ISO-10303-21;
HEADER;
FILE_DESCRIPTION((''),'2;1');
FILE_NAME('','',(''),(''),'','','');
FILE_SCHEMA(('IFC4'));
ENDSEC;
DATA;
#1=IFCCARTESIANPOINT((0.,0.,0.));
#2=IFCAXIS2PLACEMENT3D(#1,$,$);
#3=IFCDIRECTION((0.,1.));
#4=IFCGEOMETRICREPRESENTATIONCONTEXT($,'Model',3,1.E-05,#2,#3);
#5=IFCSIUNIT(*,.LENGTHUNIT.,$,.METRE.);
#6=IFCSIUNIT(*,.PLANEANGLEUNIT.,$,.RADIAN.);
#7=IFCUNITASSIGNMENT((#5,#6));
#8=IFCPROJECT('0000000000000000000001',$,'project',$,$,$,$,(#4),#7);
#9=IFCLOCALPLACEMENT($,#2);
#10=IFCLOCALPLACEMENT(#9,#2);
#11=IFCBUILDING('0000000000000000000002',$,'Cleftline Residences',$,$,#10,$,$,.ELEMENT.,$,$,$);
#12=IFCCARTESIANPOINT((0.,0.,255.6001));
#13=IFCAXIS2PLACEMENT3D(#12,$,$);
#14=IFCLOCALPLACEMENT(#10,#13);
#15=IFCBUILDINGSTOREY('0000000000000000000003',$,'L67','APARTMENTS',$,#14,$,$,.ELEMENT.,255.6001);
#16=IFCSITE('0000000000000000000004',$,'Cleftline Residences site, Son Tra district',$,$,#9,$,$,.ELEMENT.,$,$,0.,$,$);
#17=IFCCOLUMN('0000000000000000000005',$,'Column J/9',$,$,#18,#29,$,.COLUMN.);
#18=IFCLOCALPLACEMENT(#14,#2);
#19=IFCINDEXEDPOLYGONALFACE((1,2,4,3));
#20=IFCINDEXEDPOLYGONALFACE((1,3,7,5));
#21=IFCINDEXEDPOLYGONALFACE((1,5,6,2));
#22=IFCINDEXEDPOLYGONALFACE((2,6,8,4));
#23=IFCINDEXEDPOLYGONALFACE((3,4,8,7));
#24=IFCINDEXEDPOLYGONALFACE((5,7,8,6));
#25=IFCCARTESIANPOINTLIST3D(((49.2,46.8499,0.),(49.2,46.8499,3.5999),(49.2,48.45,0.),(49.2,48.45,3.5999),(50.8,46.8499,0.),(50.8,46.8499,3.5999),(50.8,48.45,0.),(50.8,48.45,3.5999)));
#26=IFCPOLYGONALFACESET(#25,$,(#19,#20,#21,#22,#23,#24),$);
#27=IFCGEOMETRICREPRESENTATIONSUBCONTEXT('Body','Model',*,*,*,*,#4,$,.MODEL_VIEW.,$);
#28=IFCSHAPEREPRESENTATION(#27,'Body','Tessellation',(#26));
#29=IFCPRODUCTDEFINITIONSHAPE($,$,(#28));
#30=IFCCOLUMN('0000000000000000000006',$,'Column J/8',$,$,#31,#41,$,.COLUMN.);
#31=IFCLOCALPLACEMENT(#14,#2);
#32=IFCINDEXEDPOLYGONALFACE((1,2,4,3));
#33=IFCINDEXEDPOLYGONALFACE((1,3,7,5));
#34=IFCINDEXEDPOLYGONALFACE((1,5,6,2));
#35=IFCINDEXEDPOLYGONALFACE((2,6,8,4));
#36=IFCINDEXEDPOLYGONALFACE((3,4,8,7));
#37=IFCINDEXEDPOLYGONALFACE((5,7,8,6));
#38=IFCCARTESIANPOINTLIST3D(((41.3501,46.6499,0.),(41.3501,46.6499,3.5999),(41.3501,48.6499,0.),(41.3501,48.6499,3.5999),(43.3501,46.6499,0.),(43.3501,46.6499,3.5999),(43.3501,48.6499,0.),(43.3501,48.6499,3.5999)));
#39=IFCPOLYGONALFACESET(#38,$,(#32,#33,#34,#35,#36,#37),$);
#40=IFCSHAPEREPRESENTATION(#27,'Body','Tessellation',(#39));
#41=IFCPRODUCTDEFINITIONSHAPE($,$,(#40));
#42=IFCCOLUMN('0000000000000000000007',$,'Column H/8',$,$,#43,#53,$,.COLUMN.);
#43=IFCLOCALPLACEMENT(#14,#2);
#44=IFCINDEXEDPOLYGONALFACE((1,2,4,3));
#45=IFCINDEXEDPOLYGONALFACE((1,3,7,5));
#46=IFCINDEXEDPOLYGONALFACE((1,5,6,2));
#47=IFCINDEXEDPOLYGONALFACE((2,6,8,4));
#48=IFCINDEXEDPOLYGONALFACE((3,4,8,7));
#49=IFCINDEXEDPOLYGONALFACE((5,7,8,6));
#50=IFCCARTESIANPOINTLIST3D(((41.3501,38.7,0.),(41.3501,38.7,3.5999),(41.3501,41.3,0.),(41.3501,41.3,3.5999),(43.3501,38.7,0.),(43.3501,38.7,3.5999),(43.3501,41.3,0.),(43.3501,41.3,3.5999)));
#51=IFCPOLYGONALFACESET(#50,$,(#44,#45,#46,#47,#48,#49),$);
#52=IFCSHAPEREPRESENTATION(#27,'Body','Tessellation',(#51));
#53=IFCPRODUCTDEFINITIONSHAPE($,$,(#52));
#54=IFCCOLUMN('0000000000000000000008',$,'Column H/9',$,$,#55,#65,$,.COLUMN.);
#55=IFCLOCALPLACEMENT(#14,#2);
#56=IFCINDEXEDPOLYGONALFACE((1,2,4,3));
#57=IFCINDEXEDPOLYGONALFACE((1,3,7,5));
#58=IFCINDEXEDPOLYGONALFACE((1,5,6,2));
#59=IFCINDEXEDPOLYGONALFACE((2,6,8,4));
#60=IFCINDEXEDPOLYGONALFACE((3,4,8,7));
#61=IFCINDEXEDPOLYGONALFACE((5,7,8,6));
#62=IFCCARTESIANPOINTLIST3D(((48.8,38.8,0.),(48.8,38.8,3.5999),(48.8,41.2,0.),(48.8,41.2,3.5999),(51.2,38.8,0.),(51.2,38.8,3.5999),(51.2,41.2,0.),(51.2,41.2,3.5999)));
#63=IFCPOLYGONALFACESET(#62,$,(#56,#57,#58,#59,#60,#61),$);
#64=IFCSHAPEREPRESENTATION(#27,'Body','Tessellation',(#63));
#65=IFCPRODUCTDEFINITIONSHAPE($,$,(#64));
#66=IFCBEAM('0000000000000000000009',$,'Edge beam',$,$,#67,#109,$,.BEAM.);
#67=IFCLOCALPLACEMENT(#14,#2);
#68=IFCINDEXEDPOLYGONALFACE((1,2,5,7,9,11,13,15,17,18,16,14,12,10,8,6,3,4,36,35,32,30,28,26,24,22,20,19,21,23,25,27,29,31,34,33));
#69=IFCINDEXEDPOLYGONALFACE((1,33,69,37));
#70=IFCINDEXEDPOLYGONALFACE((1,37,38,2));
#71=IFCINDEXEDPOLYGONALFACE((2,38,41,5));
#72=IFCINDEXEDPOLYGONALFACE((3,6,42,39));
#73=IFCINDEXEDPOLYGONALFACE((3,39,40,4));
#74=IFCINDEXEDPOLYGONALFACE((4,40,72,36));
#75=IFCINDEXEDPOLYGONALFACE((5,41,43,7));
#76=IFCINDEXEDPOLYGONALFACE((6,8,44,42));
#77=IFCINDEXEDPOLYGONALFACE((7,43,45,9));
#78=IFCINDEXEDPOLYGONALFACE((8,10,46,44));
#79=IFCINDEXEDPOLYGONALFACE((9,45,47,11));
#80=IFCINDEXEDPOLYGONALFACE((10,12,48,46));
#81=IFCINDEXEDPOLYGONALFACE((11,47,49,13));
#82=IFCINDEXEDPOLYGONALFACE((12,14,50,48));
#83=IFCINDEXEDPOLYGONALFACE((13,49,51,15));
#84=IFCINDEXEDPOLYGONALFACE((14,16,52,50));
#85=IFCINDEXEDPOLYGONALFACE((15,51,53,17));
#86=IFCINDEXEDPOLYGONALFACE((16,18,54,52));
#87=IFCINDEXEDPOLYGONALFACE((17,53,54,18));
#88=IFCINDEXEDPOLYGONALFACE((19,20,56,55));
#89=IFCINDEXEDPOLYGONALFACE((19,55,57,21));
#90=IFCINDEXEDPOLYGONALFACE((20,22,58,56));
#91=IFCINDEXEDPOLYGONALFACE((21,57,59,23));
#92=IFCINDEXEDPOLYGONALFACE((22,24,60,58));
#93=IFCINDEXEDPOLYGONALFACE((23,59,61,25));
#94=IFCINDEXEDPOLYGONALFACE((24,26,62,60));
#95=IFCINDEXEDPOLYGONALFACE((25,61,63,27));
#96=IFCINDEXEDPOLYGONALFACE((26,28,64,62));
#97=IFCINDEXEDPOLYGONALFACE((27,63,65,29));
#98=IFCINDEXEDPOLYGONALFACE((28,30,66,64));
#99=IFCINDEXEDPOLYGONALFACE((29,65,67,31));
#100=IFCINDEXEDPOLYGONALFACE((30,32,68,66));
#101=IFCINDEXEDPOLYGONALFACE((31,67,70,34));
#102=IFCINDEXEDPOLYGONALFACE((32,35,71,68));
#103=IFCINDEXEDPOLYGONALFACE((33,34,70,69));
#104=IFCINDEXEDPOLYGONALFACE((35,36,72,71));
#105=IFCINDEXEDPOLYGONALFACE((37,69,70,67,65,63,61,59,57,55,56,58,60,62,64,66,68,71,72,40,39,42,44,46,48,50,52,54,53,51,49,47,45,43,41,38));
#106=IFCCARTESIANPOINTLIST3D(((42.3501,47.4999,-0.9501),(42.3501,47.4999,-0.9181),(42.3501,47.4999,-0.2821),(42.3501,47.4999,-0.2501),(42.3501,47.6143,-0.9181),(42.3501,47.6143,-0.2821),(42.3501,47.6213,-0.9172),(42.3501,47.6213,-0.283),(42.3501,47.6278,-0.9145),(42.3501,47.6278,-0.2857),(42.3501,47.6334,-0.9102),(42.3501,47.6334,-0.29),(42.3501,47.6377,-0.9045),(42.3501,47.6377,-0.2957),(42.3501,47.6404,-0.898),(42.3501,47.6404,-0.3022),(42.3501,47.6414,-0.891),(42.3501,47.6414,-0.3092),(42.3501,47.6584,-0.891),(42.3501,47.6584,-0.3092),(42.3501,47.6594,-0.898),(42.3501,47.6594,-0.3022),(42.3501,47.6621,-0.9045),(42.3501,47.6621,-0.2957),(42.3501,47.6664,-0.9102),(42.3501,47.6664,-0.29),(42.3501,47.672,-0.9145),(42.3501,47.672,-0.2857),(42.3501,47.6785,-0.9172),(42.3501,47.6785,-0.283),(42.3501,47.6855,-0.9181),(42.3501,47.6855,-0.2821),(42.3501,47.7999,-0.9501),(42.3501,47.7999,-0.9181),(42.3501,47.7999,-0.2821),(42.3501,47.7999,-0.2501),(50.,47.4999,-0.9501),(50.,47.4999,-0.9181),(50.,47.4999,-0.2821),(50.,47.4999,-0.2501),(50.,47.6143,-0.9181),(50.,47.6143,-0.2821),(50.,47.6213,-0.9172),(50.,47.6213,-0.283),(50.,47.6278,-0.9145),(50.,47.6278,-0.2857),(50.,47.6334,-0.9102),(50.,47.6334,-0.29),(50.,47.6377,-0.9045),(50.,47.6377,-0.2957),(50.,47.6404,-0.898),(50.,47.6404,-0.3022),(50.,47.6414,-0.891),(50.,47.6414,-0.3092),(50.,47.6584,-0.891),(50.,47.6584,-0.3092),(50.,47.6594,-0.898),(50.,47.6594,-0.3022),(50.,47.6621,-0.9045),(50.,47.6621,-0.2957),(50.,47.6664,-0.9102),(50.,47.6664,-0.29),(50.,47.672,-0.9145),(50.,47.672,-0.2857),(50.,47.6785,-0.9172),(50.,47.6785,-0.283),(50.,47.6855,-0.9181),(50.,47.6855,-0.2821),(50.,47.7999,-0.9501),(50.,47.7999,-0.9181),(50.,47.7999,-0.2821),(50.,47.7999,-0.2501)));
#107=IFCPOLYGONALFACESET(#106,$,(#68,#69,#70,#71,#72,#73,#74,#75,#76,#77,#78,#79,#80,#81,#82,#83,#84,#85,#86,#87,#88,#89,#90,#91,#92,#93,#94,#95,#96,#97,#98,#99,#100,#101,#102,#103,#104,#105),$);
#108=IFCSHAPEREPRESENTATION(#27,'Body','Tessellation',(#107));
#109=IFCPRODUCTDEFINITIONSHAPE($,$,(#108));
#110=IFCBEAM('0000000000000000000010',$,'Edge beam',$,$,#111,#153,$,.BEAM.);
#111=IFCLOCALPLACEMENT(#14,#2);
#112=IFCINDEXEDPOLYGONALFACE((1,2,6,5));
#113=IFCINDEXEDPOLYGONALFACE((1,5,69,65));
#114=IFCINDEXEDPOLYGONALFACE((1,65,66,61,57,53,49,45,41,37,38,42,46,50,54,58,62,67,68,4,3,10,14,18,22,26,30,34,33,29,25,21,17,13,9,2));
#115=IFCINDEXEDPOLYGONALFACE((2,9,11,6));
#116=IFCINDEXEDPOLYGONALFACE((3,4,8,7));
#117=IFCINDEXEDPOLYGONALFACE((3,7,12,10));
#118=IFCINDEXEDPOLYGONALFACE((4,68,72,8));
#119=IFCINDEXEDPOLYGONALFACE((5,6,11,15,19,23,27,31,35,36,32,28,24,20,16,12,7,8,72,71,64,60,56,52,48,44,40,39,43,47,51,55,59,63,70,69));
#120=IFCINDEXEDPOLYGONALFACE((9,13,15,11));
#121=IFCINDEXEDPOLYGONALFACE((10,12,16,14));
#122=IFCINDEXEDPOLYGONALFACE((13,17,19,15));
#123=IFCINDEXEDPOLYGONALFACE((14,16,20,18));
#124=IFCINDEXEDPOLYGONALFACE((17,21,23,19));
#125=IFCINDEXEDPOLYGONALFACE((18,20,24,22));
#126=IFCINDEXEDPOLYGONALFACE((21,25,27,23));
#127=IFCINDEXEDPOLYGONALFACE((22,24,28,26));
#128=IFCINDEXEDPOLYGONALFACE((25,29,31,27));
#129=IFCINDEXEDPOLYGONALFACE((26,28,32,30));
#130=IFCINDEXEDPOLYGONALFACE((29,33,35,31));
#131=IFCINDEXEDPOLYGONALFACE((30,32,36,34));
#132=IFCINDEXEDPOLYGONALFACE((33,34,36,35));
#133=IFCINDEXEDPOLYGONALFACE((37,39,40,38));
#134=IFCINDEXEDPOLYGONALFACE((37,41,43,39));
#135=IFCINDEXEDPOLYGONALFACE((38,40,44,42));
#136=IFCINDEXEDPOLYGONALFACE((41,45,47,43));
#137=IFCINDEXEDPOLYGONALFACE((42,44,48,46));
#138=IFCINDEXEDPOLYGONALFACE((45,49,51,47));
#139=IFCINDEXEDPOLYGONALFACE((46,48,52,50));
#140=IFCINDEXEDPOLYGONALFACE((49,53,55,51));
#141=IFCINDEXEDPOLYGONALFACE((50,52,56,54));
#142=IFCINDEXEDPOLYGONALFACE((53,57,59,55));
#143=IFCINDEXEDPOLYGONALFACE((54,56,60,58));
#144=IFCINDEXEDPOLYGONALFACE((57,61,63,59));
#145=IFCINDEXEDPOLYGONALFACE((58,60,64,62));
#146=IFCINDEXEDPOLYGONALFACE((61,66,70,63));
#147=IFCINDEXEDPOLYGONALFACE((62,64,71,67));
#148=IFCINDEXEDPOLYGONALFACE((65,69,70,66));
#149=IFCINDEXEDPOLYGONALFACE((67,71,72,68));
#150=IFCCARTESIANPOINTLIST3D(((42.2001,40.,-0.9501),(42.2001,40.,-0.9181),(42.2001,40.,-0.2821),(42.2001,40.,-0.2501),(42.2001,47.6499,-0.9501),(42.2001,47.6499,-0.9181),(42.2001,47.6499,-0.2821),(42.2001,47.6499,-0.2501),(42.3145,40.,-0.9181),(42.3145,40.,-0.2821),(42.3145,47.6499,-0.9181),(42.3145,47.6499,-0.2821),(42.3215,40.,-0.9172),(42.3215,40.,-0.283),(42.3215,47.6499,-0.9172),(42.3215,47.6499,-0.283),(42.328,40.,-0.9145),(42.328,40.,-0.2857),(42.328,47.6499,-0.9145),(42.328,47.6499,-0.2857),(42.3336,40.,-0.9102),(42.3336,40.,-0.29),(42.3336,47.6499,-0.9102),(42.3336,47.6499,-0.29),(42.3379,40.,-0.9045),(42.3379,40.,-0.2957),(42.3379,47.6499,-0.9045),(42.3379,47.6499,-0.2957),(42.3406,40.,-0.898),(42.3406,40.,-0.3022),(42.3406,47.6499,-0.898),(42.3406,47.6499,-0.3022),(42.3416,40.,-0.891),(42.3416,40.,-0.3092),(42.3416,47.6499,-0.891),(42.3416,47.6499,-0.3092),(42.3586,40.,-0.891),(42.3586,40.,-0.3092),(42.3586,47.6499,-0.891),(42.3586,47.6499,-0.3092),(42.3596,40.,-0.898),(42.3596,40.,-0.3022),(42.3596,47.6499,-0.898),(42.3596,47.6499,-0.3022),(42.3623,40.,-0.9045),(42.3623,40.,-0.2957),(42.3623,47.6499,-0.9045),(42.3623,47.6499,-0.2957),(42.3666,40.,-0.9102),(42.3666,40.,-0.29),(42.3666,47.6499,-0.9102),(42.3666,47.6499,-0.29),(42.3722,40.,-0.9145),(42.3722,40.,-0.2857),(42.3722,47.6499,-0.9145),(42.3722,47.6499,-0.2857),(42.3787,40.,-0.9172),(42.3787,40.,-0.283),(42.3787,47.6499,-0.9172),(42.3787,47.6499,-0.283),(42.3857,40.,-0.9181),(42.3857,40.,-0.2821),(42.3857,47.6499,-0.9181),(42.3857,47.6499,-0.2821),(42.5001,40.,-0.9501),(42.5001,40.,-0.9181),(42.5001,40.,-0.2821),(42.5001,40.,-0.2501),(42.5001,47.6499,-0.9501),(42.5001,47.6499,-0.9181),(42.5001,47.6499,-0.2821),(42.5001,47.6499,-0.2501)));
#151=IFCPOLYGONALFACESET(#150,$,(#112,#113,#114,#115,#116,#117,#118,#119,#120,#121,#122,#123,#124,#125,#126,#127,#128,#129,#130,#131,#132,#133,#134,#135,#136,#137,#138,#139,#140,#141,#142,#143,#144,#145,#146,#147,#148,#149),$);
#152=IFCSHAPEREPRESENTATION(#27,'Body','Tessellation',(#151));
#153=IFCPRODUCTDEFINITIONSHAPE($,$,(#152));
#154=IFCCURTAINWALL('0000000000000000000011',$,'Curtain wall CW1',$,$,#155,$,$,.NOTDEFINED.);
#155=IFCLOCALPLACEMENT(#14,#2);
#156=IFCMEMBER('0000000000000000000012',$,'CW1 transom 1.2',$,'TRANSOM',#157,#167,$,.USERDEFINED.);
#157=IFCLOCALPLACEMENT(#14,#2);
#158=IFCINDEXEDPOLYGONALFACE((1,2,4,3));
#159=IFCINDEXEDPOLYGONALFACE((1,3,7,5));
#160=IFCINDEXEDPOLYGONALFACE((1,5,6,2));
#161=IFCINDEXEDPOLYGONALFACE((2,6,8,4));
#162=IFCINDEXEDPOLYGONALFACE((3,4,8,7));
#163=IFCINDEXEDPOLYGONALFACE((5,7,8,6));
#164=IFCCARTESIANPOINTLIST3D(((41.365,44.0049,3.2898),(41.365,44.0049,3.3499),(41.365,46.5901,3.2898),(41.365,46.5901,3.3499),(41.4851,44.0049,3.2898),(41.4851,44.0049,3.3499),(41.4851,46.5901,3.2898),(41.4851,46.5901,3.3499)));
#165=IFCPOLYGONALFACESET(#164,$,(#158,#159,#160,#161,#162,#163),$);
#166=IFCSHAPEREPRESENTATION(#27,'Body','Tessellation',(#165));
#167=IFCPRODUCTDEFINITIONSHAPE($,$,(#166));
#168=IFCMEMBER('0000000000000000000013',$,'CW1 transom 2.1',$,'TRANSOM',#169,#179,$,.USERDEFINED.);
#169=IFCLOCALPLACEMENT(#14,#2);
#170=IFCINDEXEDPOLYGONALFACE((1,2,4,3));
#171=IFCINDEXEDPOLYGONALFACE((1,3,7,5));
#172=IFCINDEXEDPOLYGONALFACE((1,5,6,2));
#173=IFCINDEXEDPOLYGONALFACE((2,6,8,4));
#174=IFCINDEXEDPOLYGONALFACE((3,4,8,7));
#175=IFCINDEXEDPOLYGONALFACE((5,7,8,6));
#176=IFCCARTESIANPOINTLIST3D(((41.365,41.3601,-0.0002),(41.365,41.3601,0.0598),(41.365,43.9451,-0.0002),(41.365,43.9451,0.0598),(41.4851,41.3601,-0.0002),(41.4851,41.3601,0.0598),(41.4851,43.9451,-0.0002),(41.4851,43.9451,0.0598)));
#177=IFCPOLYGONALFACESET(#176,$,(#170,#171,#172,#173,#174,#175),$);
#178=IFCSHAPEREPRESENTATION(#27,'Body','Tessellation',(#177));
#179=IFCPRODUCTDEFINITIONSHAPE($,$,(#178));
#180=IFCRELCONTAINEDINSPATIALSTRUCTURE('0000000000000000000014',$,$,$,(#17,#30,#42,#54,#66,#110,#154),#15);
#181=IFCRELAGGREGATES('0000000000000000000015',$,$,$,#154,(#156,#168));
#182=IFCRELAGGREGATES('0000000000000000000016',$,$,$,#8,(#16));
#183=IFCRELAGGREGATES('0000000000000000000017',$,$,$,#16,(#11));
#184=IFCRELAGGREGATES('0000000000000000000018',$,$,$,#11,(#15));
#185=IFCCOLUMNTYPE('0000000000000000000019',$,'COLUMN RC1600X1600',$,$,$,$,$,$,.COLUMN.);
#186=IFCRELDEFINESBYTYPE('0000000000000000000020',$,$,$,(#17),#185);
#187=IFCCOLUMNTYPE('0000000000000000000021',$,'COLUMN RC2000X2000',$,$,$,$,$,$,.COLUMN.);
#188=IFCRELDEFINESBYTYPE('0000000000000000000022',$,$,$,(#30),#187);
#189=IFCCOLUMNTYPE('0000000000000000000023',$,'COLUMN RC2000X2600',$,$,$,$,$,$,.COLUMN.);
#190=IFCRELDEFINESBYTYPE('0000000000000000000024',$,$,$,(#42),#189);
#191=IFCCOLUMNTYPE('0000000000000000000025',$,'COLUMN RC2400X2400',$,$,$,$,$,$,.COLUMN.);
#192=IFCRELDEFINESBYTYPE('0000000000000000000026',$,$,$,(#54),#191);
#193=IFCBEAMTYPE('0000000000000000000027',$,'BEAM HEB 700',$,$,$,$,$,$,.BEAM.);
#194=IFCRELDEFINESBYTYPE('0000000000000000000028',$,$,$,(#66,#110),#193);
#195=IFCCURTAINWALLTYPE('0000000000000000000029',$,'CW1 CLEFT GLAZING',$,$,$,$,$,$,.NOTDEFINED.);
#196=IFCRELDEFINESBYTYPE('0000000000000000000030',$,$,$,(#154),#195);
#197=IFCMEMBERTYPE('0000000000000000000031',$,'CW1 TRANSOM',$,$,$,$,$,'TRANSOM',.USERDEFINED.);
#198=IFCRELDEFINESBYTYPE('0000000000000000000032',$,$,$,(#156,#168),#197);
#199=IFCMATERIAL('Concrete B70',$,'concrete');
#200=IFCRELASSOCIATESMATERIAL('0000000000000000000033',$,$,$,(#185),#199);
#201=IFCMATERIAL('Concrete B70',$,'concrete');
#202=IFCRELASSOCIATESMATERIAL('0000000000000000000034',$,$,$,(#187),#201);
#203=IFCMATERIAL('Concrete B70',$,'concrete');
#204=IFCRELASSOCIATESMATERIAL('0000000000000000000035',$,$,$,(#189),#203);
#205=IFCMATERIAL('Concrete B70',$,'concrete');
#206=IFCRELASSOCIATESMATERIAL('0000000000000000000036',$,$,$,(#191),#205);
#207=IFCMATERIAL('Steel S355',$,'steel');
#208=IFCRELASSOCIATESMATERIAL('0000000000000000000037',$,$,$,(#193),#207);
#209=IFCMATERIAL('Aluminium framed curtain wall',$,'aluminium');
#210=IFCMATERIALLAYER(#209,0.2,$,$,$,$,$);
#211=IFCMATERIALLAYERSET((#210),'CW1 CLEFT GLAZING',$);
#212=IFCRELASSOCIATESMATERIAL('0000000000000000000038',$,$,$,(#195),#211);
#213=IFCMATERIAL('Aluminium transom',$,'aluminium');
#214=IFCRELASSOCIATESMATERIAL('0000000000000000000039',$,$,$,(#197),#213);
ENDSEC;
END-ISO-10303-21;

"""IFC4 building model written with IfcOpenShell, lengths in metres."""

from ifc_helpers import new_model, si_unit, direction, frame, origin, origin_2d, place, context, subcontext, project, spatial, rectangle, i_section, extrude, material, layer, layer_set, material_profile, profile_set, type_object, element, aggregate, save


model = new_model("IFC4")

# Units and contexts
model_context = context("Model", 3, precision=1e-05, world=origin(), true_north=direction((0.0, 1.0)))
body_context = subcontext(model_context, "Body", "Model", "MODEL_VIEW")
ifc_project = project(units=[si_unit("LENGTHUNIT", "METRE"), si_unit("PLANEANGLEUNIT", "RADIAN")], contexts=[model_context])

# Site, building, storey
site_placement = place(None, origin())
site = spatial("IfcSite", under=ifc_project, at=site_placement, Name="Cleftline Residences site, Son Tra district", CompositionType="ELEMENT", RefElevation=0.0)
building_placement = place(site_placement, origin())
building = spatial("IfcBuilding", under=site, at=building_placement, Name="Cleftline Residences", CompositionType="ELEMENT")
storey_placement = place(building_placement, frame((0.0, 0.0, 255.6001)))
storey = spatial("IfcBuildingStorey", under=building, at=storey_placement, Name="L67", Description="APARTMENTS", CompositionType="ELEMENT", Elevation=255.6001)

# Columns
ifc_material_1 = material(Name="Concrete B70", Category="concrete")
ifc_material_profile_1 = material_profile(ifc_material_1, rectangle(XDim=1.6001, YDim=1.6001, at=origin_2d()))
ifc_profile_set_1 = profile_set([ifc_material_profile_1], Name="Concrete B70")
column_type_1 = type_object("IfcColumnType", Name="COLUMN RC1600X1600", PredefinedType="COLUMN", material=ifc_profile_set_1)
column_1_placement = place(storey_placement, frame((50.0, 47.6499, 0.0), z_axis=(0.0, 0.0, 1.0), x_axis=(1.0, 0.0, 0.0)))
element("IfcColumn", 1, at=column_1_placement, inside=storey, type_object=column_type_1, Name="Column J/9", PredefinedType="COLUMN", context=body_context, shape_type="SweptSolid", body=[
    extrude(rectangle(XDim=1.6001, YDim=1.6001, at=origin_2d()), origin(), (0.0, 0.0, 1.0), 3.5999),
])
ifc_material_2 = material(Name="Concrete B70", Category="concrete")
ifc_material_profile_2 = material_profile(ifc_material_2, rectangle(XDim=2.0, YDim=2.0, at=origin_2d()))
ifc_profile_set_2 = profile_set([ifc_material_profile_2], Name="Concrete B70")
column_type_2 = type_object("IfcColumnType", Name="COLUMN RC2000X2000", PredefinedType="COLUMN", material=ifc_profile_set_2)
column_2_placement = place(storey_placement, frame((42.3501, 47.6499, 0.0), z_axis=(0.0, 0.0, 1.0), x_axis=(1.0, 0.0, 0.0)))
element("IfcColumn", 2, at=column_2_placement, inside=storey, type_object=column_type_2, Name="Column J/8", PredefinedType="COLUMN", context=body_context, shape_type="SweptSolid", body=[
    extrude(rectangle(XDim=2.0, YDim=2.0, at=origin_2d()), origin(), (0.0, 0.0, 1.0), 3.5999),
])
ifc_material_3 = material(Name="Concrete B70", Category="concrete")
ifc_material_profile_3 = material_profile(ifc_material_3, rectangle(XDim=2.0, YDim=2.6001, at=origin_2d()))
ifc_profile_set_3 = profile_set([ifc_material_profile_3], Name="Concrete B70")
column_type_3 = type_object("IfcColumnType", Name="COLUMN RC2000X2600", PredefinedType="COLUMN", material=ifc_profile_set_3)
column_3_placement = place(storey_placement, frame((42.3501, 40.0, 0.0), z_axis=(0.0, 0.0, 1.0), x_axis=(1.0, 0.0, 0.0)))
element("IfcColumn", 3, at=column_3_placement, inside=storey, type_object=column_type_3, Name="Column H/8", PredefinedType="COLUMN", context=body_context, shape_type="SweptSolid", body=[
    extrude(rectangle(XDim=2.0, YDim=2.6001, at=origin_2d()), origin(), (0.0, 0.0, 1.0), 3.5999),
])
ifc_material_4 = material(Name="Concrete B70", Category="concrete")
ifc_material_profile_4 = material_profile(ifc_material_4, rectangle(XDim=2.3999, YDim=2.3999, at=origin_2d()))
ifc_profile_set_4 = profile_set([ifc_material_profile_4], Name="Concrete B70")
column_type_4 = type_object("IfcColumnType", Name="COLUMN RC2400X2400", PredefinedType="COLUMN", material=ifc_profile_set_4)
column_4_placement = place(storey_placement, frame((50.0, 40.0, 0.0), z_axis=(0.0, 0.0, 1.0), x_axis=(1.0, 0.0, 0.0)))
element("IfcColumn", 4, at=column_4_placement, inside=storey, type_object=column_type_4, Name="Column H/9", PredefinedType="COLUMN", context=body_context, shape_type="SweptSolid", body=[
    extrude(rectangle(XDim=2.3999, YDim=2.3999, at=origin_2d()), origin(), (0.0, 0.0, 1.0), 3.5999),
])

# Beams
ifc_material_5 = material(Name="Steel S355", Category="steel")
ifc_material_profile_5 = material_profile(ifc_material_5, i_section(OverallWidth=0.3, OverallDepth=0.7, WebThickness=0.0171, FlangeThickness=0.032, FilletRadius=0.0271, at=origin_2d()))
ifc_profile_set_5 = profile_set([ifc_material_profile_5], Name="Steel S355")
beam_type = type_object("IfcBeamType", Name="BEAM HEB 700", PredefinedType="BEAM", material=ifc_profile_set_5)
for number, where, z_axis, x_axis, name in (
    (5, (50.0, 47.6499, -0.6001), (-1.0, 0.0, 0.0), (0.0, -1.0, 0.0), "Edge beam"),
    (6, (42.3501, 47.6499, -0.6001), (0.0, -1.0, 0.0), (1.0, 0.0, 0.0), "Edge beam"),
):
    element("IfcBeam", number, at=place(storey_placement, frame(where, z_axis=z_axis, x_axis=x_axis)), inside=storey, type_object=beam_type, Name=name, PredefinedType="BEAM", context=body_context, shape_type="SweptSolid", body=[
        extrude(i_section(OverallWidth=0.3, OverallDepth=0.7, WebThickness=0.0171, FlangeThickness=0.032, FilletRadius=0.0271, at=origin_2d()), origin(), (0.0, 0.0, 1.0), 7.6499),
    ])

# Curtain wall, members
ifc_material_6 = material(Name="Aluminium framed curtain wall", Category="aluminium")
ifc_layer_1 = layer(ifc_material_6, 0.2)
ifc_layer_set_1 = layer_set([ifc_layer_1], Name="CW1 CLEFT GLAZING")
curtain_wall_type = type_object("IfcCurtainWallType", Name="CW1 CLEFT GLAZING", PredefinedType="NOTDEFINED", material=ifc_layer_set_1)
curtain_wall_placement = place(storey_placement, origin())
curtain_wall = element("IfcCurtainWall", 7, at=curtain_wall_placement, inside=storey, type_object=curtain_wall_type, Name="Curtain wall CW1", PredefinedType="NOTDEFINED")
ifc_material_7 = material(Name="Aluminium transom", Category="aluminium")
ifc_material_profile_6 = material_profile(ifc_material_7, rectangle(XDim=0.1201, YDim=0.0601, at=origin_2d()))
ifc_profile_set_6 = profile_set([ifc_material_profile_6], Name="Aluminium transom")
member_type = type_object("IfcMemberType", Name="CW1 TRANSOM", ElementType="TRANSOM", PredefinedType="USERDEFINED", material=ifc_profile_set_6)
member_1_placement = place(storey_placement, frame((41.425, 46.5901, 3.3198), z_axis=(0.0, -1.0, 0.0), x_axis=(1.0, 0.0, 0.0)))
member_1 = element("IfcMember", 8, at=member_1_placement, type_object=member_type, Name="CW1 transom 1.2", ObjectType="TRANSOM", PredefinedType="USERDEFINED", context=body_context, shape_type="SweptSolid", body=[
    extrude(rectangle(XDim=0.1201, YDim=0.0601, at=origin_2d()), origin(), (0.0, 0.0, 1.0), 2.5852),
])
member_2_placement = place(storey_placement, frame((41.425, 43.9451, 0.0298), z_axis=(0.0, -1.0, 0.0), x_axis=(1.0, 0.0, 0.0)))
member_2 = element("IfcMember", 9, at=member_2_placement, type_object=member_type, Name="CW1 transom 2.1", ObjectType="TRANSOM", PredefinedType="USERDEFINED", context=body_context, shape_type="SweptSolid", body=[
    extrude(rectangle(XDim=0.1201, YDim=0.0601, at=origin_2d()), origin(), (0.0, 0.0, 1.0), 2.585),
])
aggregate(curtain_wall, [member_1, member_2])

save(model, "model.ifc")
